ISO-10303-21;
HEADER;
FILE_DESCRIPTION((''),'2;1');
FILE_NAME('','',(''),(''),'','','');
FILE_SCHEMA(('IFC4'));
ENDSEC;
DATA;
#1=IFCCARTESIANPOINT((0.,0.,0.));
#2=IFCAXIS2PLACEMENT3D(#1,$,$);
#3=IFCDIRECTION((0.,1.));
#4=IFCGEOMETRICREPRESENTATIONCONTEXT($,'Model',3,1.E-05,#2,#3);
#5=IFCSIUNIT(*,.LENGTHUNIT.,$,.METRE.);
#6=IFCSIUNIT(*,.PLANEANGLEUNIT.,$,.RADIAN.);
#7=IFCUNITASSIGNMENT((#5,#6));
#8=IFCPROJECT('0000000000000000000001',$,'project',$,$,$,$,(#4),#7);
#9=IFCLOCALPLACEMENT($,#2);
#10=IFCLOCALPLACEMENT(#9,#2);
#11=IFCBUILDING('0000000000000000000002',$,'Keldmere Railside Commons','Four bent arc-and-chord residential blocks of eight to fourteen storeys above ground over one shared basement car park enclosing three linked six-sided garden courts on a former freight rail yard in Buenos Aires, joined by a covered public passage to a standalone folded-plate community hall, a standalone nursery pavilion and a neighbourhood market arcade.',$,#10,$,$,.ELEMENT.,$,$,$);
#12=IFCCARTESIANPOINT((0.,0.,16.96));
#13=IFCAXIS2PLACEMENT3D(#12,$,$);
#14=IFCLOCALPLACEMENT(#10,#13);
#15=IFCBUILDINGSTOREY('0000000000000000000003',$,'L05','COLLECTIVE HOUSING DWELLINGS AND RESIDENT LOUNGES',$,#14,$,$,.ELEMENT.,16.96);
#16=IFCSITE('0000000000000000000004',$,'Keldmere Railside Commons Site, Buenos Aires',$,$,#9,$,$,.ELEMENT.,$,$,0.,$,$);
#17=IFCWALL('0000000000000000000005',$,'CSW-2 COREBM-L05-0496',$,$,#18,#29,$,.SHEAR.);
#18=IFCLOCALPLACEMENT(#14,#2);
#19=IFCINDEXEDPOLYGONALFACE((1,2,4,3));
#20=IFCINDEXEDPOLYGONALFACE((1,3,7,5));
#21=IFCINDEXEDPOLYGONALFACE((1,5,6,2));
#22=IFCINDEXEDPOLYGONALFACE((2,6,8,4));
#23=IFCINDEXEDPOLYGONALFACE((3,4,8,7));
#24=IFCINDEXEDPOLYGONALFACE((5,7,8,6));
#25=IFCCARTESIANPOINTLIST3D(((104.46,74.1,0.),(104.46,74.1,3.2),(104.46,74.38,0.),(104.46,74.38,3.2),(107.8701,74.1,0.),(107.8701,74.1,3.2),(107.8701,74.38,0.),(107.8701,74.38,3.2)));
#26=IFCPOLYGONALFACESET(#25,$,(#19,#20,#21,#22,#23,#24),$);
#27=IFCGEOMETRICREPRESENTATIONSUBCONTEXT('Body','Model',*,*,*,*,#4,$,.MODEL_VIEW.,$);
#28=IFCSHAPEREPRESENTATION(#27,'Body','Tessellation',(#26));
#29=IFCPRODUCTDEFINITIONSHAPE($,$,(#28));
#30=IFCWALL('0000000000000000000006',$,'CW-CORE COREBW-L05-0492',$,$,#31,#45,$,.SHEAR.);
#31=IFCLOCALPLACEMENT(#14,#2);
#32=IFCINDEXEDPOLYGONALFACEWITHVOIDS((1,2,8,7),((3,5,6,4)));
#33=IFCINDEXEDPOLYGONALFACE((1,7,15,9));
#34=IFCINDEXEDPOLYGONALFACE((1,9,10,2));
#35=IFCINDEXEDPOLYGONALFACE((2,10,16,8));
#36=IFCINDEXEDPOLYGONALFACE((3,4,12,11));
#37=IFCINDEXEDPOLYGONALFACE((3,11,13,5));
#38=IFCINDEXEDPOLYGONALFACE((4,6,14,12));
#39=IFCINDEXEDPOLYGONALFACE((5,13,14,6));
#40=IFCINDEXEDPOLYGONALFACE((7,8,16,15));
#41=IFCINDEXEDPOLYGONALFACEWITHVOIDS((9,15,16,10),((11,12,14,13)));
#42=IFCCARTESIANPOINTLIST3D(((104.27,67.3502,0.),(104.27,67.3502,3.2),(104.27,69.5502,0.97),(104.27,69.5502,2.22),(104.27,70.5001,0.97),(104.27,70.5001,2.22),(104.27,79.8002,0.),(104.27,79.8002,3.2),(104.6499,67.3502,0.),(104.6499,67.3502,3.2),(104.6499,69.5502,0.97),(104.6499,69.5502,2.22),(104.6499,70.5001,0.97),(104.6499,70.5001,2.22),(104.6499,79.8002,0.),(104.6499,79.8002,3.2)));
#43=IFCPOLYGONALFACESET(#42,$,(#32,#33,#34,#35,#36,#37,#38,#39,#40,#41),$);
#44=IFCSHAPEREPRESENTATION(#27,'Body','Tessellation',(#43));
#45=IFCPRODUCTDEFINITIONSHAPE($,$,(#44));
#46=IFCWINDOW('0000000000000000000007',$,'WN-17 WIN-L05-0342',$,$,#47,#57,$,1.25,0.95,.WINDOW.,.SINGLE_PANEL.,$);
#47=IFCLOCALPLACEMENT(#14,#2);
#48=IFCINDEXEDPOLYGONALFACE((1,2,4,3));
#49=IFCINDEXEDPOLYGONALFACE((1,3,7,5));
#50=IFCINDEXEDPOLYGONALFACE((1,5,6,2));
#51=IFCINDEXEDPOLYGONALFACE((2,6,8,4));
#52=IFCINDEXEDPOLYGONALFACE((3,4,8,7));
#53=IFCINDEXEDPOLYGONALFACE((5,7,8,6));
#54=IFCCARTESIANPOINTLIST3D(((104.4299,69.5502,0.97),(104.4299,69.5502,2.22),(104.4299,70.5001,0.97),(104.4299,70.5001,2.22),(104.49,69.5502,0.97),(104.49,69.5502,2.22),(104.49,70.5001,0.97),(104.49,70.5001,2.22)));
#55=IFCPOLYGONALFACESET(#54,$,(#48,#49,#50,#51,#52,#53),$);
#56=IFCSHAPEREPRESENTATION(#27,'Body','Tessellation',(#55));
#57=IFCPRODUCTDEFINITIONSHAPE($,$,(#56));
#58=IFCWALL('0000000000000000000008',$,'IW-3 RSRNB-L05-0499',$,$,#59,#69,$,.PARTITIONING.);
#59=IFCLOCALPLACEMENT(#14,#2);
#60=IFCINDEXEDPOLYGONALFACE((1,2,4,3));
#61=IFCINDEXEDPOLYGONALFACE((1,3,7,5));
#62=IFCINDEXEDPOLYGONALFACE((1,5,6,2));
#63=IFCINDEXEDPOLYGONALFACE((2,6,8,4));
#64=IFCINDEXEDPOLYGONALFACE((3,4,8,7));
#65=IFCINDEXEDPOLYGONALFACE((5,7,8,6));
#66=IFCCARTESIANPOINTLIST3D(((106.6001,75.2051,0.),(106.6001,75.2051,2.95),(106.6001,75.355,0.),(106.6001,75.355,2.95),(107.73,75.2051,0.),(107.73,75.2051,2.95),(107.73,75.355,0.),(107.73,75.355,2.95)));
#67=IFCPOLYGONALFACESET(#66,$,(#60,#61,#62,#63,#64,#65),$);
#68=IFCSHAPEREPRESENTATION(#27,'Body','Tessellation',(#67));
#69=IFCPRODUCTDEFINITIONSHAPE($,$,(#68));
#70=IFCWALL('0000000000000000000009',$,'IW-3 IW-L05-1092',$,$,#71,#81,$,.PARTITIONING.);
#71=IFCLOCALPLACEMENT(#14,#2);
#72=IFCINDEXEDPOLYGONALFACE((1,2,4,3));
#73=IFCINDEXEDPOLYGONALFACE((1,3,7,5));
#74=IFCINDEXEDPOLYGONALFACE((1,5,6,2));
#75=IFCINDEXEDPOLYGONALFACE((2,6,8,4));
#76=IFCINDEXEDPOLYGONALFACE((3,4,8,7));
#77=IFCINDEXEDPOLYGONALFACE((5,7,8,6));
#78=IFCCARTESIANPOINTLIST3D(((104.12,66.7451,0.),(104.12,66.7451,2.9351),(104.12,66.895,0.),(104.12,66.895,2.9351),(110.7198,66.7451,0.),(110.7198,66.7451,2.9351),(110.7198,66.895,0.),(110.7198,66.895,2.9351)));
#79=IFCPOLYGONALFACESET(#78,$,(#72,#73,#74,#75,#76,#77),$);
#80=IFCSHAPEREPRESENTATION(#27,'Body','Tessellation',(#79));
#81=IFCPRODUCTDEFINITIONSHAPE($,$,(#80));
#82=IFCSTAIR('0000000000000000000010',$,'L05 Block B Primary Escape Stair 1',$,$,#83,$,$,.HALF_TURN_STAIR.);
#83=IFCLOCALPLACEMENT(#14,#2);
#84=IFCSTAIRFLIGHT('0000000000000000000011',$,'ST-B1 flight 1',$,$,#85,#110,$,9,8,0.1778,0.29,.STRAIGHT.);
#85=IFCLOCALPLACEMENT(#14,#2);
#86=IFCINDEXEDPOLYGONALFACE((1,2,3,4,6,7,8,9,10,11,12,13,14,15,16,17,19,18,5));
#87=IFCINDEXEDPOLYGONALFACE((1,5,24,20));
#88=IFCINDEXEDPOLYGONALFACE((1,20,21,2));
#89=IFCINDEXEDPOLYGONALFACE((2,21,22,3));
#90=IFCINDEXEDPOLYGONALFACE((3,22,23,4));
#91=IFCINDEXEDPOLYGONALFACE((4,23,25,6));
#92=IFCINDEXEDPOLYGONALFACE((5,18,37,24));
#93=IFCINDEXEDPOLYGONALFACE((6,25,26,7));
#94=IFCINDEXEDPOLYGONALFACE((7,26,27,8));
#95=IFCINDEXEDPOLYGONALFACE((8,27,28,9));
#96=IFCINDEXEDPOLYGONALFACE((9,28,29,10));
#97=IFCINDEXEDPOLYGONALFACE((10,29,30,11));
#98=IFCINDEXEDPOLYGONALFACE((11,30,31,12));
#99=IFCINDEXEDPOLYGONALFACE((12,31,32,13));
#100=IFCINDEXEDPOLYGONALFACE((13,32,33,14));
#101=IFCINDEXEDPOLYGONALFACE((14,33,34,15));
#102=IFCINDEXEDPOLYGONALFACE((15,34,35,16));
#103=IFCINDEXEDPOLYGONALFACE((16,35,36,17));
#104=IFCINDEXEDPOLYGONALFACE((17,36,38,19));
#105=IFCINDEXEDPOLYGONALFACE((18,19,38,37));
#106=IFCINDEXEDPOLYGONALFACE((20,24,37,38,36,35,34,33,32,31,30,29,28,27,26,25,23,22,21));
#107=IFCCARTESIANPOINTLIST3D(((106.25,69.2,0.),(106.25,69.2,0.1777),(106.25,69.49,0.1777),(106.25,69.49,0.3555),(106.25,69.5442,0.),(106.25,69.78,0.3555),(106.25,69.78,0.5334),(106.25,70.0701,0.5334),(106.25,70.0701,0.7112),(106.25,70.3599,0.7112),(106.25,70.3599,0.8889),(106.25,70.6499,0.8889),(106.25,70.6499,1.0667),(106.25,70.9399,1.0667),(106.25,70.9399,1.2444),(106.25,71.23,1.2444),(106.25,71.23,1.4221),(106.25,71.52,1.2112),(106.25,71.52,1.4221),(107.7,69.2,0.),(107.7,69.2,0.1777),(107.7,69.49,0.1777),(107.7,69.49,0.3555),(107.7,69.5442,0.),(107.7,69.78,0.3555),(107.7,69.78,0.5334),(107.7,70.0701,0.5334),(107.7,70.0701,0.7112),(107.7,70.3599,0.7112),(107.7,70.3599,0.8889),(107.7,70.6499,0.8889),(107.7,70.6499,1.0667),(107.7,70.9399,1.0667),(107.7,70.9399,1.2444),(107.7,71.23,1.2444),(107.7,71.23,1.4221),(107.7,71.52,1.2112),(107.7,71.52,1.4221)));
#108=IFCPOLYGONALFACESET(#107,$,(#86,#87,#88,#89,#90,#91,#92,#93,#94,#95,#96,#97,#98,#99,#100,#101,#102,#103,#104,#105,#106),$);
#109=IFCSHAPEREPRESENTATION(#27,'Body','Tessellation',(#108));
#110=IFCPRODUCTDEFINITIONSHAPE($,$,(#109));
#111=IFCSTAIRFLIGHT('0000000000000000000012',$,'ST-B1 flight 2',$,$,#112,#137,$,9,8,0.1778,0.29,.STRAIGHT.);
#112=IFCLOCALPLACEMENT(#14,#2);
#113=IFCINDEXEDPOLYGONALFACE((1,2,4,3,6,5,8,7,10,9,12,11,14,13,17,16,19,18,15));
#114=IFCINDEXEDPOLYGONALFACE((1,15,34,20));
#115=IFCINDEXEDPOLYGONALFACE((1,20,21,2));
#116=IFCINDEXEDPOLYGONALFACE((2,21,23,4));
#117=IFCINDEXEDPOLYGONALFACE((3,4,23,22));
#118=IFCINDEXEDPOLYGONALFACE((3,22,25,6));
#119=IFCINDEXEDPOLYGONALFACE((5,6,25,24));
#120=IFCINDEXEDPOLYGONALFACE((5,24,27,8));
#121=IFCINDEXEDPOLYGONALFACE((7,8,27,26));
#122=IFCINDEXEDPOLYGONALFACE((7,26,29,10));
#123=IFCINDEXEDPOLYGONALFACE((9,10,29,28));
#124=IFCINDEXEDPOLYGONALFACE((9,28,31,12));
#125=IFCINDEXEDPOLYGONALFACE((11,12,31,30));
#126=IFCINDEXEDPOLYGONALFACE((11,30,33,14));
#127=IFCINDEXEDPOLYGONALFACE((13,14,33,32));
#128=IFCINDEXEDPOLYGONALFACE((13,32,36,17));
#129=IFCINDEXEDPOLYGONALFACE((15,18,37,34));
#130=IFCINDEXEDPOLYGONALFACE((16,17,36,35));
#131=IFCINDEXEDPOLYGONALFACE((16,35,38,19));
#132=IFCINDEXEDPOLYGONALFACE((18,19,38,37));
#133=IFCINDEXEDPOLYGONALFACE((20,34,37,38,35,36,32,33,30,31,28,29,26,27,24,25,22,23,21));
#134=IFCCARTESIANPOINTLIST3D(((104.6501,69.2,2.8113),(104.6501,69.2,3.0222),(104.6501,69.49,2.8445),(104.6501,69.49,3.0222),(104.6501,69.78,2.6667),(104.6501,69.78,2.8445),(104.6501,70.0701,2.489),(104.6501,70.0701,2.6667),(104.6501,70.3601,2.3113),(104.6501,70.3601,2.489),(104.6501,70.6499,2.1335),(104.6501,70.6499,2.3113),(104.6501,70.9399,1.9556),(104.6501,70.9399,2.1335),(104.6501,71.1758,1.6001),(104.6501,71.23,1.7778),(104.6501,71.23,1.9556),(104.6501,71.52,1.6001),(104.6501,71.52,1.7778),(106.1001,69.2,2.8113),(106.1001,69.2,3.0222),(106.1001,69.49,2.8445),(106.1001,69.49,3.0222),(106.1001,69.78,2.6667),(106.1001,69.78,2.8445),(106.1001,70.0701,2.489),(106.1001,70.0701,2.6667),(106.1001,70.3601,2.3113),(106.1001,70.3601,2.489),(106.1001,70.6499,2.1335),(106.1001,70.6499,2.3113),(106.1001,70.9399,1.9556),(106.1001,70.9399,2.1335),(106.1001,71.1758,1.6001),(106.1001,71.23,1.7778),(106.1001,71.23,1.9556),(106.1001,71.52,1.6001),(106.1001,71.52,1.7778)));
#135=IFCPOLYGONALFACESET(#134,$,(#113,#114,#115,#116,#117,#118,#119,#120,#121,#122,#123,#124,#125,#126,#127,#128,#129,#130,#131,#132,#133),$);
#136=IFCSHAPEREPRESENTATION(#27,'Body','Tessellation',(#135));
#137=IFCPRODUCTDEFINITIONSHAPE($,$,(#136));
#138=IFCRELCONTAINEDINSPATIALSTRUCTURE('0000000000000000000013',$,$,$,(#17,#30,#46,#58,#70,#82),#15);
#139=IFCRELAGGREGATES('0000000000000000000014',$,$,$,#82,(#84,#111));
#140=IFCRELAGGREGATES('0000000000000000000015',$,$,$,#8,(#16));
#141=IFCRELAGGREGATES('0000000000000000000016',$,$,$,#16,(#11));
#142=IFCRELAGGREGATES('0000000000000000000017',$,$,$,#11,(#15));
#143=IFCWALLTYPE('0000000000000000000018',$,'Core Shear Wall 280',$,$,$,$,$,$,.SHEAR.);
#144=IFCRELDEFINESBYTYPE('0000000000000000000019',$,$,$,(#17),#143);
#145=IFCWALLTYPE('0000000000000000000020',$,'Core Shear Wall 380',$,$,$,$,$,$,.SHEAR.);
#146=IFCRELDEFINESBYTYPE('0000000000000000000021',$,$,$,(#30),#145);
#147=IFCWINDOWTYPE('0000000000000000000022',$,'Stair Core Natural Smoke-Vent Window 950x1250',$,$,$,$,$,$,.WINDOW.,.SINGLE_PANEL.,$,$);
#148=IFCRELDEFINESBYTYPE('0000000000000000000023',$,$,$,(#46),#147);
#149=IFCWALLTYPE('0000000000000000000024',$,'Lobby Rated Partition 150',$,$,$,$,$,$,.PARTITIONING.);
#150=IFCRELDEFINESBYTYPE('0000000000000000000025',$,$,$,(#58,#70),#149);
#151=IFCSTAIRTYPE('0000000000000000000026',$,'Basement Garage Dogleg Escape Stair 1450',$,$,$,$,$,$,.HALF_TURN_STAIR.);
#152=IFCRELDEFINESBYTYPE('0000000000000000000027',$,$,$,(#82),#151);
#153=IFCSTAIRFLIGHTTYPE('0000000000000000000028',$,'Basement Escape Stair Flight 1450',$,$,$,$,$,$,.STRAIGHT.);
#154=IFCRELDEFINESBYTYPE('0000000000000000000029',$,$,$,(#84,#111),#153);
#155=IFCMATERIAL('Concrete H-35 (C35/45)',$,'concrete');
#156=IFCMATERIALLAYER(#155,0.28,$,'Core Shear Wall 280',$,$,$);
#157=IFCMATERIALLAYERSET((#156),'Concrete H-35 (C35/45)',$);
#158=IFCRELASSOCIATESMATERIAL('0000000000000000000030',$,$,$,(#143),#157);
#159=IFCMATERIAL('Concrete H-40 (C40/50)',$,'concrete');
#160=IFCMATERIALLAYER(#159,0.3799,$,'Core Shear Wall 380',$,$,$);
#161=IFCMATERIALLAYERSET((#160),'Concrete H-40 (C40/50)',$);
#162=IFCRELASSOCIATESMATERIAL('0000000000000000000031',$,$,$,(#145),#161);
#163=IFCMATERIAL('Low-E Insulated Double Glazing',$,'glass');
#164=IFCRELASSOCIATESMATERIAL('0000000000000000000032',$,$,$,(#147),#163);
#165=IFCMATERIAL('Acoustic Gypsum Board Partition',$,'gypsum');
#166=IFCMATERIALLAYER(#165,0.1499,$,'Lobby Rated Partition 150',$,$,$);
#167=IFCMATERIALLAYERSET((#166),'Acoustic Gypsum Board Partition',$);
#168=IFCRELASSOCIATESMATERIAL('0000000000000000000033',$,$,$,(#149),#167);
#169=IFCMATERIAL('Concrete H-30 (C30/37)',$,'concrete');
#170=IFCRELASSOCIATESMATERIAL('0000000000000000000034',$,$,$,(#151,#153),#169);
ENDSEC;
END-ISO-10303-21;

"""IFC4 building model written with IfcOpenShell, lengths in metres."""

from ifc_helpers import new_model, si_unit, direction, frame, frame_2d, origin, place, context, subcontext, project, spatial, polyline, rectangle, outline, extrude, material, layer, layer_set, type_object, element, fill, aggregate, save


model = new_model("IFC4")

# Units and contexts
model_context = context("Model", 3, precision=1e-05, world=origin(), true_north=direction((0.0, 1.0)))
body_context = subcontext(model_context, "Body", "Model", "MODEL_VIEW")
ifc_project = project(units=[si_unit("LENGTHUNIT", "METRE"), si_unit("PLANEANGLEUNIT", "RADIAN")], contexts=[model_context])

# Site, building, storey
site_placement = place(None, origin())
site = spatial("IfcSite", under=ifc_project, at=site_placement, Name="Keldmere Railside Commons Site, Buenos Aires", CompositionType="ELEMENT", RefElevation=0.0)
building_placement = place(site_placement, origin())
building = spatial("IfcBuilding", under=site, at=building_placement, Name="Keldmere Railside Commons", Description="Four bent arc-and-chord residential blocks of eight to fourteen storeys above ground over one shared basement car park enclosing three linked six-sided garden courts on a former freight rail yard in Buenos Aires, joined by a covered public passage to a standalone folded-plate community hall, a standalone nursery pavilion and a neighbourhood market arcade.", CompositionType="ELEMENT")
storey_placement = place(building_placement, frame((0.0, 0.0, 16.96)))
storey = spatial("IfcBuildingStorey", under=building, at=storey_placement, Name="L05", Description="COLLECTIVE HOUSING DWELLINGS AND RESIDENT LOUNGES", CompositionType="ELEMENT", Elevation=16.96)

# Wall
ifc_material_1 = material(Name="Concrete H-35 (C35/45)", Category="concrete")
ifc_layer_1 = layer(ifc_material_1, 0.28, Name="Core Shear Wall 280")
ifc_layer_set_1 = layer_set([ifc_layer_1], Name="Concrete H-35 (C35/45)")
wall_type_1 = type_object("IfcWallType", Name="Core Shear Wall 280", PredefinedType="SHEAR", material=ifc_layer_set_1)
wall_1_placement = place(storey_placement, frame((104.46, 74.24, 0.0), z_axis=(0.0, 0.0, 1.0), x_axis=(1.0, 0.0, 0.0)))
element("IfcWall", 1, at=wall_1_placement, inside=storey, type_object=wall_type_1, Name="CSW-2 COREBM-L05-0496", PredefinedType="SHEAR", context=body_context, shape_type="SweptSolid", body=[
    extrude(rectangle(XDim=3.4102, YDim=0.28, at=frame_2d((1.7051, 0.0))), origin(), (0.0, 0.0, 1.0), 3.2),
])

# Wall, opening, window
ifc_material_2 = material(Name="Concrete H-40 (C40/50)", Category="concrete")
ifc_layer_2 = layer(ifc_material_2, 0.3799, Name="Core Shear Wall 380")
ifc_layer_set_2 = layer_set([ifc_layer_2], Name="Concrete H-40 (C40/50)")
wall_type_2 = type_object("IfcWallType", Name="Core Shear Wall 380", PredefinedType="SHEAR", material=ifc_layer_set_2)
wall_2_placement = place(storey_placement, frame((104.46, 67.3501, 0.0), z_axis=(0.0, 0.0, 1.0), x_axis=(0.0, 1.0, 0.0)))
wall_2 = element("IfcWall", 2, at=wall_2_placement, inside=storey, type_object=wall_type_2, Name="CW-CORE COREBW-L05-0492", PredefinedType="SHEAR", context=body_context, shape_type="SweptSolid", body=[
    extrude(rectangle(XDim=12.45, YDim=0.3799, at=frame_2d((6.2251, 0.0))), origin(), (0.0, 0.0, 1.0), 3.2),
])
opening_1_placement = place(wall_2_placement, frame((2.2, 0.0, 0.97)))
opening_1 = element("IfcOpeningElement", 3, at=opening_1_placement, cuts=wall_2, PredefinedType="OPENING", context=body_context, shape_type="SweptSolid", body=[
    extrude(rectangle(XDim=0.95, YDim=1.25, at=frame_2d((0.4751, 0.625))), frame((0.0, 0.2, 0.0), z_axis=(0.0, -1.0, 0.0), x_axis=(1.0, 0.0, 0.0)), (0.0, 0.0, 1.0), 0.3999),
])
ifc_material_3 = material(Name="Low-E Insulated Double Glazing", Category="glass")
window_type = type_object("IfcWindowType", Name="Stair Core Natural Smoke-Vent Window 950x1250", PartitioningType="SINGLE_PANEL", PredefinedType="WINDOW", material=ifc_material_3)
window_placement = place(opening_1_placement, origin())
window = element("IfcWindow", 4, at=window_placement, inside=storey, type_object=window_type, Name="WN-17 WIN-L05-0342", OverallHeight=1.25, OverallWidth=0.95, PartitioningType="SINGLE_PANEL", PredefinedType="WINDOW", context=body_context, shape_type="SweptSolid", body=[
    extrude(rectangle(XDim=0.95, YDim=1.25, at=frame_2d((0.4751, 0.625))), frame((0.0, 0.03, 0.0), z_axis=(0.0, -1.0, 0.0), x_axis=(1.0, 0.0, 0.0)), (0.0, 0.0, 1.0), 0.0601),
])
fill(opening_1, window)

# Walls
ifc_material_4 = material(Name="Acoustic Gypsum Board Partition", Category="gypsum")
ifc_layer_3 = layer(ifc_material_4, 0.1499, Name="Lobby Rated Partition 150")
ifc_layer_set_3 = layer_set([ifc_layer_3], Name="Acoustic Gypsum Board Partition")
wall_type_3 = type_object("IfcWallType", Name="Lobby Rated Partition 150", PredefinedType="PARTITIONING", material=ifc_layer_set_3)
wall_3_placement = place(storey_placement, frame((106.6001, 75.28, 0.0), z_axis=(0.0, 0.0, 1.0), x_axis=(1.0, 0.0, 0.0)))
element("IfcWall", 5, at=wall_3_placement, inside=storey, type_object=wall_type_3, Name="IW-3 RSRNB-L05-0499", PredefinedType="PARTITIONING", context=body_context, shape_type="SweptSolid", body=[
    extrude(rectangle(XDim=1.1299, YDim=0.1499, at=frame_2d((0.5649, 0.0))), origin(), (0.0, 0.0, 1.0), 2.95),
])
wall_4_placement = place(storey_placement, frame((104.1201, 66.8201, 0.0), z_axis=(0.0, 0.0, 1.0), x_axis=(1.0, 0.0, 0.0)))
element("IfcWall", 6, at=wall_4_placement, inside=storey, type_object=wall_type_3, Name="IW-3 IW-L05-1092", PredefinedType="PARTITIONING", context=body_context, shape_type="SweptSolid", body=[
    extrude(rectangle(XDim=6.5999, YDim=0.1499, at=frame_2d((3.2998, 0.0))), origin(), (0.0, 0.0, 1.0), 2.9351),
])

# Stair, stair flights
ifc_material_5 = material(Name="Concrete H-30 (C30/37)", Category="concrete")
stair_type = type_object("IfcStairType", Name="Basement Garage Dogleg Escape Stair 1450", PredefinedType="HALF_TURN_STAIR", material=ifc_material_5)
stair_placement = place(storey_placement, origin())
stair = element("IfcStair", 7, at=stair_placement, inside=storey, type_object=stair_type, Name="L05 Block B Primary Escape Stair 1", PredefinedType="HALF_TURN_STAIR")
stair_flight_type = type_object("IfcStairFlightType", Name="Basement Escape Stair Flight 1450", PredefinedType="STRAIGHT", material=ifc_material_5)
stair_flight_1_placement = place(storey_placement, frame((106.9751, 69.2, 0.0), z_axis=(0.0, 0.0, 1.0), x_axis=(0.0, 1.0, 0.0)))
stair_flight_1 = element("IfcStairFlight", 8, at=stair_flight_1_placement, type_object=stair_flight_type, Name="ST-B1 flight 1", NumberOfRisers=9, NumberOfTreads=8, PredefinedType="STRAIGHT", RiserHeight=0.1778, TreadLength=0.29, context=body_context, shape_type="SweptSolid", body=[
    extrude(outline(polyline([(0.0, 0.0), (0.0, 0.1777), (0.29, 0.1777), (0.29, 0.3555), (0.5801, 0.3555), (0.5801, 0.5334), (0.8701, 0.5334), (0.8701, 0.7112), (1.1599, 0.7112), (1.1599, 0.8889), (1.45, 0.8889), (1.45, 1.0667), (1.74, 1.0667), (1.74, 1.2444), (2.03, 1.2444), (2.03, 1.4221), (2.3201, 1.4221), (2.3201, 1.6001), (2.3201, 1.2112), (0.3442, 0.0), (0.0, 0.0)])), frame((0.0, 0.7251, 0.0), z_axis=(0.0, -1.0, 0.0), x_axis=(1.0, 0.0, 0.0)), (0.0, 0.0, 1.0), 1.45),
])
stair_flight_2_placement = place(storey_placement, frame((105.375, 71.52, 1.6001), z_axis=(0.0, 0.0, 1.0), x_axis=(0.0, -1.0, 0.0)))
stair_flight_2 = element("IfcStairFlight", 9, at=stair_flight_2_placement, type_object=stair_flight_type, Name="ST-B1 flight 2", NumberOfRisers=9, NumberOfTreads=8, PredefinedType="STRAIGHT", RiserHeight=0.1778, TreadLength=0.29, context=body_context, shape_type="SweptSolid", body=[
    extrude(outline(polyline([(0.0, 0.0), (0.0, 0.1777), (0.29, 0.1777), (0.29, 0.3555), (0.5801, 0.3555), (0.5801, 0.5334), (0.8701, 0.5334), (0.8701, 0.7112), (1.1599, 0.7112), (1.1599, 0.8889), (1.45, 0.8889), (1.45, 1.0667), (1.74, 1.0667), (1.74, 1.2444), (2.03, 1.2444), (2.03, 1.4221), (2.3201, 1.4221), (2.3201, 1.6001), (2.3201, 1.2112), (0.3442, 0.0), (0.0, 0.0)])), frame((0.0, 0.7251, 0.0), z_axis=(0.0, -1.0, 0.0), x_axis=(1.0, 0.0, 0.0)), (0.0, 0.0, 1.0), 1.45),
])
aggregate(stair, [stair_flight_1, stair_flight_2])

save(model, "model.ifc")
